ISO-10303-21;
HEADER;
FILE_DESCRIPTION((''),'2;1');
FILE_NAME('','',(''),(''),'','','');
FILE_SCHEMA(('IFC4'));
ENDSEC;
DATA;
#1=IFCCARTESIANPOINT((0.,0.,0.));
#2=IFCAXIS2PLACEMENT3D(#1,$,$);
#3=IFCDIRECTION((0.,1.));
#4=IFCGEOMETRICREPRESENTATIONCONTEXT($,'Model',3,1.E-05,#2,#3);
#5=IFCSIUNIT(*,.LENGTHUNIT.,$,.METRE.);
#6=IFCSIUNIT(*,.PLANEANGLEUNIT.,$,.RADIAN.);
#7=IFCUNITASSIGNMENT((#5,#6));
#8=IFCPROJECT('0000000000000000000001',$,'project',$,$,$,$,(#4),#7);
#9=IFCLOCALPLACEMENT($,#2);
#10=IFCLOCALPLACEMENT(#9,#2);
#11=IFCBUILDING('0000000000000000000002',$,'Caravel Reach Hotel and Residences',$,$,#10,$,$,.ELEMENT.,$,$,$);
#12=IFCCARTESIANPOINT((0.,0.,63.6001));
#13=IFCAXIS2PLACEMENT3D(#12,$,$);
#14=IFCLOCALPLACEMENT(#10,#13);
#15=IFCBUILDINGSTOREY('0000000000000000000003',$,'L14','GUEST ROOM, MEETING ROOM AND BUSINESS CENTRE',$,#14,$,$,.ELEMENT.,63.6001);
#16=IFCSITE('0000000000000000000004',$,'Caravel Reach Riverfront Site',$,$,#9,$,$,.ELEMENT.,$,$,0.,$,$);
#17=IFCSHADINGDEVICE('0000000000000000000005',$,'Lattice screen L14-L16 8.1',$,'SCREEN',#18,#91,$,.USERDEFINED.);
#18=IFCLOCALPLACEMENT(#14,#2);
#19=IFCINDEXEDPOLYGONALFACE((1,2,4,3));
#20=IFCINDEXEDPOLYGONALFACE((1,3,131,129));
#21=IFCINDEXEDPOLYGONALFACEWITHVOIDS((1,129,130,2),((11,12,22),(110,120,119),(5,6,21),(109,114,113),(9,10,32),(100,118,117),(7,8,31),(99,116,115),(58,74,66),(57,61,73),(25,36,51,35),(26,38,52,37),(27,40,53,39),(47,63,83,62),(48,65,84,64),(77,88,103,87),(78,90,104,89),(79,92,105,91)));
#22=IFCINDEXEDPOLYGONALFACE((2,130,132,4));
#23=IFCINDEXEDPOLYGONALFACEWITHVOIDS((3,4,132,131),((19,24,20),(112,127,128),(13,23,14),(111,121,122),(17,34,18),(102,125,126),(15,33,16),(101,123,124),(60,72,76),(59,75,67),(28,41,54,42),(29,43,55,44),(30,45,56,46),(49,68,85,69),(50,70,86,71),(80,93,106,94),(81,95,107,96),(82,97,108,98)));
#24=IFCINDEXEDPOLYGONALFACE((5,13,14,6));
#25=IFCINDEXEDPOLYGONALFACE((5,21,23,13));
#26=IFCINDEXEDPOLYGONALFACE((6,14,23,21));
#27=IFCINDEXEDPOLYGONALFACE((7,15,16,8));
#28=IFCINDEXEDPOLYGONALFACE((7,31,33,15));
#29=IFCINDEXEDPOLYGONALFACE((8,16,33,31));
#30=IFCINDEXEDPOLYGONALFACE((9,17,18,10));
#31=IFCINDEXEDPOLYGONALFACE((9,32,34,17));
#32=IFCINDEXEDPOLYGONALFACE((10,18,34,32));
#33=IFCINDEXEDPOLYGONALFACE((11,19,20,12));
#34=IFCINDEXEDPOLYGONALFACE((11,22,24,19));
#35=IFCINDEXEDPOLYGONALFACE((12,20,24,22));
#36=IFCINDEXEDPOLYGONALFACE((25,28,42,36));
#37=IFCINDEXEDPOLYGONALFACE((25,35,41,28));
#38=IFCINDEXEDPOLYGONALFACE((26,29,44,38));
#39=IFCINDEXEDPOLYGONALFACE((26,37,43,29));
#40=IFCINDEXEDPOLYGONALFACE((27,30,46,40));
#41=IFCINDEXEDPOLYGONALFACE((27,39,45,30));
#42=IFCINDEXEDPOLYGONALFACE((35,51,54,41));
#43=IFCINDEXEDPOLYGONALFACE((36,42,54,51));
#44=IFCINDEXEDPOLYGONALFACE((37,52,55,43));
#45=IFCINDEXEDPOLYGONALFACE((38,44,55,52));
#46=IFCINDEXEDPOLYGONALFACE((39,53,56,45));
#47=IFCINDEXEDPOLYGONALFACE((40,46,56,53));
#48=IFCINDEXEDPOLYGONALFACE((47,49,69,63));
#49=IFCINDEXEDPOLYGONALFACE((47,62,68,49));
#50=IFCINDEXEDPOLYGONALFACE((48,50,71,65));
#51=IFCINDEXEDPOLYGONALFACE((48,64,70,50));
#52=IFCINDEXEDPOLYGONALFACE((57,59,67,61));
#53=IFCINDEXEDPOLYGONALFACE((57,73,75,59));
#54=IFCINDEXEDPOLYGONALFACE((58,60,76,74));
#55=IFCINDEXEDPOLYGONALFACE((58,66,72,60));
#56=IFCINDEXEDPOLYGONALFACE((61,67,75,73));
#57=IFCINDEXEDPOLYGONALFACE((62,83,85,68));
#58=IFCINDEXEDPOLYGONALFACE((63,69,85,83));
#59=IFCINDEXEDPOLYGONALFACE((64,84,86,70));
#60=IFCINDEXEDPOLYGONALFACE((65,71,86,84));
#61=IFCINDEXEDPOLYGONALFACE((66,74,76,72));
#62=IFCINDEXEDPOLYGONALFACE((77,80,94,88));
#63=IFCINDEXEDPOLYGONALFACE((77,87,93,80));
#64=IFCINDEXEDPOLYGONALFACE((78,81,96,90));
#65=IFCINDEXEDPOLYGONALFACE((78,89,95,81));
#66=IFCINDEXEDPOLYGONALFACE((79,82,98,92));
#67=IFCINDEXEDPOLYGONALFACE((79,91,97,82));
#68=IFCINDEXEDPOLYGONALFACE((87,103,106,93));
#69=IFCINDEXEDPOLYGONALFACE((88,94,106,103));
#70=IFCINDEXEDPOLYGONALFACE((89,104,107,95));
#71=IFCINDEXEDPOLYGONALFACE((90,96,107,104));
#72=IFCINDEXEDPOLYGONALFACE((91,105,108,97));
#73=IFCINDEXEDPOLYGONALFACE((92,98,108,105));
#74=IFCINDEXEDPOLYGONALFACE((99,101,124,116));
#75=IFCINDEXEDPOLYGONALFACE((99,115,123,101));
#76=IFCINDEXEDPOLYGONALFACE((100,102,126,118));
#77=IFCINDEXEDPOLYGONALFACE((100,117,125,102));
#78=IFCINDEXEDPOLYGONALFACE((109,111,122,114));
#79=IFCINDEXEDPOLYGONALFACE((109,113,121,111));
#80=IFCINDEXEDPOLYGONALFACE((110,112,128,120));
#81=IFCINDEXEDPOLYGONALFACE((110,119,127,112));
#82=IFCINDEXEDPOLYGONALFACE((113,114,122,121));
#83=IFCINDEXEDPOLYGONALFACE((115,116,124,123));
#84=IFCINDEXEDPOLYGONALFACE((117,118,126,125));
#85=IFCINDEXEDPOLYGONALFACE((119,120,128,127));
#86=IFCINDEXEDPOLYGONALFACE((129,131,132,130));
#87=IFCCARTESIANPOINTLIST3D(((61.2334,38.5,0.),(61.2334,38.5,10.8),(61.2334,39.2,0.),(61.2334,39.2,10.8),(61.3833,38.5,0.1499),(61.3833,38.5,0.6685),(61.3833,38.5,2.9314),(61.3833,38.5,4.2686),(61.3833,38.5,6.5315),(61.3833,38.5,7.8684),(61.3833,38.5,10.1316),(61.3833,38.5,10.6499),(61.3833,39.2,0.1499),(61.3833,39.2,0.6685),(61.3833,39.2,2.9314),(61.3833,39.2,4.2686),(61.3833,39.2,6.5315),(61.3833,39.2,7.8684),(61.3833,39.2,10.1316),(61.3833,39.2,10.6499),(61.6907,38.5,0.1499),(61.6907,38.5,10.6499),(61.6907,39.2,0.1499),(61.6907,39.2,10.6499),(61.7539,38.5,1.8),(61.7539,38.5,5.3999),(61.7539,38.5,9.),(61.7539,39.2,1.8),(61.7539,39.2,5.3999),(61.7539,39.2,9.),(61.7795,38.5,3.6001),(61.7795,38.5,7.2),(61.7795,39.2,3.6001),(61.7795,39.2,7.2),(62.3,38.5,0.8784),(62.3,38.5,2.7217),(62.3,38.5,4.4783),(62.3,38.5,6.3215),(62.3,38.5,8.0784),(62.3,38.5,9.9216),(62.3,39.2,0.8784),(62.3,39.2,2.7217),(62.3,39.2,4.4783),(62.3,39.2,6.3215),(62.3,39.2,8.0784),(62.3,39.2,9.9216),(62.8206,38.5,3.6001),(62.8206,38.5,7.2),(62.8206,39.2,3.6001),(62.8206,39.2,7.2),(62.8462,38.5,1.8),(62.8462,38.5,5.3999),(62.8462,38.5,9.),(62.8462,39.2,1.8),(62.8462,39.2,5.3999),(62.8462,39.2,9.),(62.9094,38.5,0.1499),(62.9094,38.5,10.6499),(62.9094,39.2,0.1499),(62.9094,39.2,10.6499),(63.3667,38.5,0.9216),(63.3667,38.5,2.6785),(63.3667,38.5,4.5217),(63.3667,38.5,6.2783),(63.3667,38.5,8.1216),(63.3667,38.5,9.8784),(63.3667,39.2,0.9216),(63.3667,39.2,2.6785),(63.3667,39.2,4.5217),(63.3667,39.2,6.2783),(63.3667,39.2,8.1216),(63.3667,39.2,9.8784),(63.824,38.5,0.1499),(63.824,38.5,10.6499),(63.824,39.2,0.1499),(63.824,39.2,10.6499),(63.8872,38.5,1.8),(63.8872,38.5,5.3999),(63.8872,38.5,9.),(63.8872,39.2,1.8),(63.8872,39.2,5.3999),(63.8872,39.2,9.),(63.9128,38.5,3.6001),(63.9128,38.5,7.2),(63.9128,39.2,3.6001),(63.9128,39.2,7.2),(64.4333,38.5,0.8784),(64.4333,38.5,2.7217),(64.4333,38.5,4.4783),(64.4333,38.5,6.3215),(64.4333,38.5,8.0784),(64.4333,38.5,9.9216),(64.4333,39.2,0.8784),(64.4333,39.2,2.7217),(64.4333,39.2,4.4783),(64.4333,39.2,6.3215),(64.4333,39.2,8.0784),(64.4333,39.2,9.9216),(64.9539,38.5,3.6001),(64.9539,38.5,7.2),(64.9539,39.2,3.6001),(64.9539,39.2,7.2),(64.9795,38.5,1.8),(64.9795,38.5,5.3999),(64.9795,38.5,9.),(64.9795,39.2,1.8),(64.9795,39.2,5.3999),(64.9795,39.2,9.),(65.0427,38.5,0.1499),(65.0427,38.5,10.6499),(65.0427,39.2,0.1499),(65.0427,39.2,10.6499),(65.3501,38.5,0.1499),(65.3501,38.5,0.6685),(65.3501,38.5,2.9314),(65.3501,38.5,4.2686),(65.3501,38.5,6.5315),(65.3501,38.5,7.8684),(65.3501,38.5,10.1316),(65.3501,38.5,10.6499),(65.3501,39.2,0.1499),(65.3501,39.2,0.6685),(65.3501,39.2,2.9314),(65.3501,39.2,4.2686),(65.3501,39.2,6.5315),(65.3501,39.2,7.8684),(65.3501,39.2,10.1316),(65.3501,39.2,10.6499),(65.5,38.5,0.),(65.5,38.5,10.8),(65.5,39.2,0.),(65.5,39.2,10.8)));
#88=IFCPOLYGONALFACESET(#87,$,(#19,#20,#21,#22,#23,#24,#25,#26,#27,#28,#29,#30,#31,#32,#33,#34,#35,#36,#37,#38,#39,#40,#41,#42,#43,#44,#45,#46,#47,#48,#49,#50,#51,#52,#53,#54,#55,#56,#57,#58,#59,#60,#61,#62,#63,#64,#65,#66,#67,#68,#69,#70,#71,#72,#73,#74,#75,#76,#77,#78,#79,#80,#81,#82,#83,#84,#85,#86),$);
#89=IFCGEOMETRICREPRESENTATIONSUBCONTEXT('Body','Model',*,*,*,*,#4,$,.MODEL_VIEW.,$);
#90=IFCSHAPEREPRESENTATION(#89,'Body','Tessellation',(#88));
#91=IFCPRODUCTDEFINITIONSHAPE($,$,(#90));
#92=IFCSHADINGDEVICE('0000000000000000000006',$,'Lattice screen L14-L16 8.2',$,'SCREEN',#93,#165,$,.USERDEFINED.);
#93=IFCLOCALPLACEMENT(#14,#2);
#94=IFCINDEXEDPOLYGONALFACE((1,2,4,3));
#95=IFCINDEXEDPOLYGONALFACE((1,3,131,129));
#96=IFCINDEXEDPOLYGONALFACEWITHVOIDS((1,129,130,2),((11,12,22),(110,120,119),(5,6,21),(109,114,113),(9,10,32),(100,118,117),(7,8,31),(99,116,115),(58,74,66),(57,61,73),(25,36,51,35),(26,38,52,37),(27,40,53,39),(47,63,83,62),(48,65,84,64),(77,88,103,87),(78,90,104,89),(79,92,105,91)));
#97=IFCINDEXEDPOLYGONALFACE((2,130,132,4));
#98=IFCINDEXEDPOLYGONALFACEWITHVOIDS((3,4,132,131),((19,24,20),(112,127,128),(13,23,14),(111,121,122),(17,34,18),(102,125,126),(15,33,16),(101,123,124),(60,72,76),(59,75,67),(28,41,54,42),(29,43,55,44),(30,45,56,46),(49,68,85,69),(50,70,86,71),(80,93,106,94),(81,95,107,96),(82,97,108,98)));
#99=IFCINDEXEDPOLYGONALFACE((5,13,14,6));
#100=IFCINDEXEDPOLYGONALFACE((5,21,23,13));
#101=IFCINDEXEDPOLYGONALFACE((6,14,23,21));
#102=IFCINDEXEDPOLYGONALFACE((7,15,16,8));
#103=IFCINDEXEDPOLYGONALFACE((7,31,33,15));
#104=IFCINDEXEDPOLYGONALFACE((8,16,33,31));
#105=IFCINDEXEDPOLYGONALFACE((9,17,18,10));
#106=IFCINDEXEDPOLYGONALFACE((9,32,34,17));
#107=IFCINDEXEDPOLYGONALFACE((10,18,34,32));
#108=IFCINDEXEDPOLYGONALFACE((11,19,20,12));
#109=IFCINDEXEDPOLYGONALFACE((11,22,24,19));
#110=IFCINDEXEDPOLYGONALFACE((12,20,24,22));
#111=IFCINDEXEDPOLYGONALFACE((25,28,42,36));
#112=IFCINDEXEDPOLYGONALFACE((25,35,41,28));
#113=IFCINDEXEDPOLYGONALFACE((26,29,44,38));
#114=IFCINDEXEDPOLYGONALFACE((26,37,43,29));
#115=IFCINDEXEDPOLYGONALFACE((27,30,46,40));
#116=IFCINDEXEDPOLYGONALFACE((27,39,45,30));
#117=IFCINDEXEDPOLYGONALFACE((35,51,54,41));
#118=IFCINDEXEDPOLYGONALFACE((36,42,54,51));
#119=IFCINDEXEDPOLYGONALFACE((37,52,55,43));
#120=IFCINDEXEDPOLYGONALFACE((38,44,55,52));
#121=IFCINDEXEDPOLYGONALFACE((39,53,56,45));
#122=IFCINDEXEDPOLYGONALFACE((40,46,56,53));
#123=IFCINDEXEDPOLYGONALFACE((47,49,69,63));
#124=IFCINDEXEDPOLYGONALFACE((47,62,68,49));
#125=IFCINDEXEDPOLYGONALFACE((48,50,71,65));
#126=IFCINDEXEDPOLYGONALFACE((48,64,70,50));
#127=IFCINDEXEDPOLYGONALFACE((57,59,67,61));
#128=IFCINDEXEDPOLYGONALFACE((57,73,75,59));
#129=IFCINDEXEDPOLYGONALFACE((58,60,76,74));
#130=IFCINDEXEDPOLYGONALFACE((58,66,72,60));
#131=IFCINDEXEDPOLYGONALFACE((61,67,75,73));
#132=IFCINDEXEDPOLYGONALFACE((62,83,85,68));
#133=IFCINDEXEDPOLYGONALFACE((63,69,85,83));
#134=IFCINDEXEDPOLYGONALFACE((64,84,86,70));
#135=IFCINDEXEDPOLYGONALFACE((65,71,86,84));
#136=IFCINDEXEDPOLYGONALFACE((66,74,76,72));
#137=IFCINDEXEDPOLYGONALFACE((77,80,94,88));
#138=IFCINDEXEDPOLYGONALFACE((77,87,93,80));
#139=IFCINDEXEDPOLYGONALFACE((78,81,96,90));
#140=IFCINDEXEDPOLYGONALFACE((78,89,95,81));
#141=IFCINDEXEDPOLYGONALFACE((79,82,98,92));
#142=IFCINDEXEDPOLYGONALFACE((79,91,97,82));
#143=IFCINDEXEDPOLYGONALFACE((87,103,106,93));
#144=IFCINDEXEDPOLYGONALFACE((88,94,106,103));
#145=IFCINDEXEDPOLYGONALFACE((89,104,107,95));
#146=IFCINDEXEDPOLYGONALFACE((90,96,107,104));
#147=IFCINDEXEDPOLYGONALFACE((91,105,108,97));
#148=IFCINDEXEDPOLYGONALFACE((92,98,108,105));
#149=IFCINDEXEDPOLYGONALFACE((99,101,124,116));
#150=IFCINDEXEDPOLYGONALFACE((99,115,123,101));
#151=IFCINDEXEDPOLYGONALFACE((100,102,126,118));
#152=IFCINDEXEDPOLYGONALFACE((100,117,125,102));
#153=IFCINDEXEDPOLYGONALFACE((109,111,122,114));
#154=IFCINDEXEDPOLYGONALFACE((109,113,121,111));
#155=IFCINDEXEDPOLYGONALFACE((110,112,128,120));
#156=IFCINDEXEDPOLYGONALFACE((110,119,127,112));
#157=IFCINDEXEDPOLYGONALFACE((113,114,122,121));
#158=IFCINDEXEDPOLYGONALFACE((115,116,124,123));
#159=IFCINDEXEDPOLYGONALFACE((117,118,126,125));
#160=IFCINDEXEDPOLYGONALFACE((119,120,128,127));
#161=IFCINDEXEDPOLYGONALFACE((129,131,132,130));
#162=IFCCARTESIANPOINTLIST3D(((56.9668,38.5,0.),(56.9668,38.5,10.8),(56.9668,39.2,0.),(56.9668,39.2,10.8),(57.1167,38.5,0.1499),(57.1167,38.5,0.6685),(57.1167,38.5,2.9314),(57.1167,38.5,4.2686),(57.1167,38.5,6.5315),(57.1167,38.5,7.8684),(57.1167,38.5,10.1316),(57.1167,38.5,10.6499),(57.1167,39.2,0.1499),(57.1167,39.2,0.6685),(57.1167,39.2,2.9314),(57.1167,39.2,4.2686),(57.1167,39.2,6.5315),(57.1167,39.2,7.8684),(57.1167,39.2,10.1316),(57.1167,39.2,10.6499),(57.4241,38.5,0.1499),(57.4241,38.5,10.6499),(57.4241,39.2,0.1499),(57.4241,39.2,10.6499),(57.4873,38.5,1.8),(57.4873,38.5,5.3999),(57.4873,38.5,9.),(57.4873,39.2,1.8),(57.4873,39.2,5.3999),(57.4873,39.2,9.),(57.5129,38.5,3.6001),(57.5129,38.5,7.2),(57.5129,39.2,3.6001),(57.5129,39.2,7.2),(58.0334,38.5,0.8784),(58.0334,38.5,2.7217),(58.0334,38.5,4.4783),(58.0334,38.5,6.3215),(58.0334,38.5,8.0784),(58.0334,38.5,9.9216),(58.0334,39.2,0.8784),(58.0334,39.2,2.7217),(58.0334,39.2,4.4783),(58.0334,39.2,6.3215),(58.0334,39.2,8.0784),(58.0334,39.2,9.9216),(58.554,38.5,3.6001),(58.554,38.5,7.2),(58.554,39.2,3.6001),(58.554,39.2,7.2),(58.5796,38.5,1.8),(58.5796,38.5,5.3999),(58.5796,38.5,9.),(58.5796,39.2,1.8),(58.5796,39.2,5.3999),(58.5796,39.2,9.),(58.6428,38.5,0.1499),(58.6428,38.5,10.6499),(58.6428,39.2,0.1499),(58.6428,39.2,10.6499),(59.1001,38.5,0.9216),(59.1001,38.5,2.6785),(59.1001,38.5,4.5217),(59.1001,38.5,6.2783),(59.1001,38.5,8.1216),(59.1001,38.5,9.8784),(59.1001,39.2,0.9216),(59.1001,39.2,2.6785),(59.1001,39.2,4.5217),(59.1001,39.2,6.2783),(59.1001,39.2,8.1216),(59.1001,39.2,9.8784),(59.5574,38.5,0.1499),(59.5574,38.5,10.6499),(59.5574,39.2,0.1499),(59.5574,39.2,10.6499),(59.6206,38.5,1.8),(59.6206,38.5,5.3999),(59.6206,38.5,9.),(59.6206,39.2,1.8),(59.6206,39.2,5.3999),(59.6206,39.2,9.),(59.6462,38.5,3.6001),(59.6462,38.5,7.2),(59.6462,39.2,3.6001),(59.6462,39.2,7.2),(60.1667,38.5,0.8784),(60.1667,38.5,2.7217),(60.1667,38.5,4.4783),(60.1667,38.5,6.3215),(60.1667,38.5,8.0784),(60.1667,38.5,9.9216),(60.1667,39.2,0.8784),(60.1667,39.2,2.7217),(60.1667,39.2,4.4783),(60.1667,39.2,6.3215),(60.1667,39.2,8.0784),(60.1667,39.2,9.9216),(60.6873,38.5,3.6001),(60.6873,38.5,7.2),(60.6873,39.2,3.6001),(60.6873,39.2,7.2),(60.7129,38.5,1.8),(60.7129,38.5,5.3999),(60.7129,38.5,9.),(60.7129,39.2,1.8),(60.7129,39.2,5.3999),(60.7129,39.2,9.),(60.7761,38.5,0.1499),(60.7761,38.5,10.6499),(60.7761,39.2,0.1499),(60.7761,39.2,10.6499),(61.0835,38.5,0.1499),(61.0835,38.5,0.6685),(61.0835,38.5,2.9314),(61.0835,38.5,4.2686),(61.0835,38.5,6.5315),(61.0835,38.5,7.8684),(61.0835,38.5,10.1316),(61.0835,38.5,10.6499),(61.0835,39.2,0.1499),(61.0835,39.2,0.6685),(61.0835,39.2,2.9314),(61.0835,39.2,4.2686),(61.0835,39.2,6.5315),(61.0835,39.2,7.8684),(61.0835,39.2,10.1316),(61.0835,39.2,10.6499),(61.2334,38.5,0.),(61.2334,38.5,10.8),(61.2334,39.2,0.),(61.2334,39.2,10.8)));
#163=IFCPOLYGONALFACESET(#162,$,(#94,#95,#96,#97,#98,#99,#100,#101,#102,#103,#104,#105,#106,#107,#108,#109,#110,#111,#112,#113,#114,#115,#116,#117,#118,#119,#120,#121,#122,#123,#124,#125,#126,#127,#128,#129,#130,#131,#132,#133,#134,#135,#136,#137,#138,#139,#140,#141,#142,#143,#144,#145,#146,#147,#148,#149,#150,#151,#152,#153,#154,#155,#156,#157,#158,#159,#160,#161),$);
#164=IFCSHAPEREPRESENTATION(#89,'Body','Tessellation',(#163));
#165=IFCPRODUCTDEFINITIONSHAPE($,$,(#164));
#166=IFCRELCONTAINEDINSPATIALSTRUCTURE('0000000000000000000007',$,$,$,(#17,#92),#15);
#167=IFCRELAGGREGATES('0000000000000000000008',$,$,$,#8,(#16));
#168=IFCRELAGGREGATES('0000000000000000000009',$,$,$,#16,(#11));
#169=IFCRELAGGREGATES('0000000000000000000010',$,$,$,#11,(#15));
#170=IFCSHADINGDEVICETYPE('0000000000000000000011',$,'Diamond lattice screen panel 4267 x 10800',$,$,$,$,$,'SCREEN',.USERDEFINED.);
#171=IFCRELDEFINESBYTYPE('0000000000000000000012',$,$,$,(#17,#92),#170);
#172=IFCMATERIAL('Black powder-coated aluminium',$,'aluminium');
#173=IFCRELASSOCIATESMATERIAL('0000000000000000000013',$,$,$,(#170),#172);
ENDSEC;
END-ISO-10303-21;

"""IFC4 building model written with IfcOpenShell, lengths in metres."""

from ifc_helpers import new_model, si_unit, direction, frame, origin, place, context, subcontext, project, spatial, polyline, outline, extrude, material, type_object, element, save


model = new_model("IFC4")

# Units and contexts
model_context = context("Model", 3, precision=1e-05, world=origin(), true_north=direction((0.0, 1.0)))
body_context = subcontext(model_context, "Body", "Model", "MODEL_VIEW")
ifc_project = project(units=[si_unit("LENGTHUNIT", "METRE"), si_unit("PLANEANGLEUNIT", "RADIAN")], contexts=[model_context])

# Site, building, storey
site_placement = place(None, origin())
site = spatial("IfcSite", under=ifc_project, at=site_placement, Name="Caravel Reach Riverfront Site", CompositionType="ELEMENT", RefElevation=0.0)
building_placement = place(site_placement, origin())
building = spatial("IfcBuilding", under=site, at=building_placement, Name="Caravel Reach Hotel and Residences", CompositionType="ELEMENT")
storey_placement = place(building_placement, frame((0.0, 0.0, 63.6001)))
storey = spatial("IfcBuildingStorey", under=building, at=storey_placement, Name="L14", Description="GUEST ROOM, MEETING ROOM AND BUSINESS CENTRE", CompositionType="ELEMENT", Elevation=63.6001)

# Shading devices
ifc_material_1 = material(Name="Black powder-coated aluminium", Category="aluminium")
shading_device_type_1 = type_object("IfcShadingDeviceType", Name="Diamond lattice screen panel 4267 x 10800", ElementType="SCREEN", PredefinedType="USERDEFINED", material=ifc_material_1)
shading_device_1_placement = place(storey_placement, frame((65.5, 38.5, 0.0), z_axis=(0.0, 1.0, 0.0), x_axis=(-1.0, 0.0, 0.0)))
element("IfcShadingDevice", 1, at=shading_device_1_placement, inside=storey, type_object=shading_device_type_1, Name="Lattice screen L14-L16 8.1", ObjectType="SCREEN", PredefinedType="USERDEFINED", context=body_context, shape_type="SweptSolid", body=[
    extrude(outline(polyline([(0.0, 0.0), (4.2666, 0.0), (4.2666, 10.8), (0.0, 10.8), (0.0, 0.0)]), holes=[polyline([(0.4573, 0.1499), (0.1499, 0.6685), (0.1499, 0.1499), (0.4573, 0.1499)]), polyline([(0.5461, 3.6001), (0.1499, 4.2686), (0.1499, 2.9314), (0.5461, 3.6001)]), polyline([(0.5461, 7.2), (0.1499, 7.8684), (0.1499, 6.5315), (0.5461, 7.2)]), polyline([(0.1499, 10.1316), (0.4573, 10.6499), (0.1499, 10.6499), (0.1499, 10.1316)]), polyline([(1.0667, 2.7217), (0.5205, 1.8), (1.0667, 0.8784), (1.6128, 1.8), (1.0667, 2.7217)]), polyline([(1.0667, 6.3215), (0.5205, 5.3999), (1.0667, 4.4783), (1.6128, 5.3999), (1.0667, 6.3215)]), polyline([(1.0667, 9.9216), (0.5205, 9.0), (1.0667, 8.0784), (1.6128, 9.0), (1.0667, 9.9216)]), polyline([(2.1333, 0.9216), (1.676, 0.1499), (2.5906, 0.1499), (2.1333, 0.9216)]), polyline([(2.1333, 4.5217), (1.5872, 3.6001), (2.1333, 2.6785), (2.6794, 3.6001), (2.1333, 4.5217)]), polyline([(2.1333, 8.1216), (1.5872, 7.2), (2.1333, 6.2783), (2.6794, 7.2), (2.1333, 8.1216)]), polyline([(2.1333, 9.8784), (2.5906, 10.6499), (1.676, 10.6499), (2.1333, 9.8784)]), polyline([(3.2, 2.7217), (2.6538, 1.8), (3.2, 0.8784), (3.7461, 1.8), (3.2, 2.7217)]), polyline([(3.2, 6.3215), (2.6538, 5.3999), (3.2, 4.4783), (3.7461, 5.3999), (3.2, 6.3215)]), polyline([(3.2, 9.9216), (2.6538, 9.0), (3.2, 8.0784), (3.7461, 9.0), (3.2, 9.9216)]), polyline([(4.1167, 0.6685), (3.8093, 0.1499), (4.1167, 0.1499), (4.1167, 0.6685)]), polyline([(3.7205, 3.6001), (4.1167, 2.9314), (4.1167, 4.2686), (3.7205, 3.6001)]), polyline([(3.7205, 7.2), (4.1167, 6.5315), (4.1167, 7.8684), (3.7205, 7.2)]), polyline([(3.8093, 10.6499), (4.1167, 10.1316), (4.1167, 10.6499), (3.8093, 10.6499)])]), origin(), (0.0, 0.0, 1.0), 0.7),
])
shading_device_2_placement = place(storey_placement, frame((61.2334, 38.5, 0.0), z_axis=(0.0, 1.0, 0.0), x_axis=(-1.0, 0.0, 0.0)))
element("IfcShadingDevice", 2, at=shading_device_2_placement, inside=storey, type_object=shading_device_type_1, Name="Lattice screen L14-L16 8.2", ObjectType="SCREEN", PredefinedType="USERDEFINED", context=body_context, shape_type="SweptSolid", body=[
    extrude(outline(polyline([(0.0, 0.0), (4.2666, 0.0), (4.2666, 10.8), (0.0, 10.8), (0.0, 0.0)]), holes=[polyline([(0.4573, 0.1499), (0.1499, 0.6685), (0.1499, 0.1499), (0.4573, 0.1499)]), polyline([(0.5461, 3.6001), (0.1499, 4.2686), (0.1499, 2.9314), (0.5461, 3.6001)]), polyline([(0.5461, 7.2), (0.1499, 7.8684), (0.1499, 6.5315), (0.5461, 7.2)]), polyline([(0.1499, 10.1316), (0.4573, 10.6499), (0.1499, 10.6499), (0.1499, 10.1316)]), polyline([(1.0667, 2.7217), (0.5205, 1.8), (1.0667, 0.8784), (1.6128, 1.8), (1.0667, 2.7217)]), polyline([(1.0667, 6.3215), (0.5205, 5.3999), (1.0667, 4.4783), (1.6128, 5.3999), (1.0667, 6.3215)]), polyline([(1.0667, 9.9216), (0.5205, 9.0), (1.0667, 8.0784), (1.6128, 9.0), (1.0667, 9.9216)]), polyline([(2.1333, 0.9216), (1.676, 0.1499), (2.5906, 0.1499), (2.1333, 0.9216)]), polyline([(2.1333, 4.5217), (1.5872, 3.6001), (2.1333, 2.6785), (2.6794, 3.6001), (2.1333, 4.5217)]), polyline([(2.1333, 8.1216), (1.5872, 7.2), (2.1333, 6.2783), (2.6794, 7.2), (2.1333, 8.1216)]), polyline([(2.1333, 9.8784), (2.5906, 10.6499), (1.676, 10.6499), (2.1333, 9.8784)]), polyline([(3.2, 2.7217), (2.6538, 1.8), (3.2, 0.8784), (3.7461, 1.8), (3.2, 2.7217)]), polyline([(3.2, 6.3215), (2.6538, 5.3999), (3.2, 4.4783), (3.7461, 5.3999), (3.2, 6.3215)]), polyline([(3.2, 9.9216), (2.6538, 9.0), (3.2, 8.0784), (3.7461, 9.0), (3.2, 9.9216)]), polyline([(4.1167, 0.6685), (3.8093, 0.1499), (4.1167, 0.1499), (4.1167, 0.6685)]), polyline([(3.7205, 3.6001), (4.1167, 2.9314), (4.1167, 4.2686), (3.7205, 3.6001)]), polyline([(3.7205, 7.2), (4.1167, 6.5315), (4.1167, 7.8684), (3.7205, 7.2)]), polyline([(3.8093, 10.6499), (4.1167, 10.1316), (4.1167, 10.6499), (3.8093, 10.6499)])]), origin(), (0.0, 0.0, 1.0), 0.7),
])

save(model, "model.ifc")
